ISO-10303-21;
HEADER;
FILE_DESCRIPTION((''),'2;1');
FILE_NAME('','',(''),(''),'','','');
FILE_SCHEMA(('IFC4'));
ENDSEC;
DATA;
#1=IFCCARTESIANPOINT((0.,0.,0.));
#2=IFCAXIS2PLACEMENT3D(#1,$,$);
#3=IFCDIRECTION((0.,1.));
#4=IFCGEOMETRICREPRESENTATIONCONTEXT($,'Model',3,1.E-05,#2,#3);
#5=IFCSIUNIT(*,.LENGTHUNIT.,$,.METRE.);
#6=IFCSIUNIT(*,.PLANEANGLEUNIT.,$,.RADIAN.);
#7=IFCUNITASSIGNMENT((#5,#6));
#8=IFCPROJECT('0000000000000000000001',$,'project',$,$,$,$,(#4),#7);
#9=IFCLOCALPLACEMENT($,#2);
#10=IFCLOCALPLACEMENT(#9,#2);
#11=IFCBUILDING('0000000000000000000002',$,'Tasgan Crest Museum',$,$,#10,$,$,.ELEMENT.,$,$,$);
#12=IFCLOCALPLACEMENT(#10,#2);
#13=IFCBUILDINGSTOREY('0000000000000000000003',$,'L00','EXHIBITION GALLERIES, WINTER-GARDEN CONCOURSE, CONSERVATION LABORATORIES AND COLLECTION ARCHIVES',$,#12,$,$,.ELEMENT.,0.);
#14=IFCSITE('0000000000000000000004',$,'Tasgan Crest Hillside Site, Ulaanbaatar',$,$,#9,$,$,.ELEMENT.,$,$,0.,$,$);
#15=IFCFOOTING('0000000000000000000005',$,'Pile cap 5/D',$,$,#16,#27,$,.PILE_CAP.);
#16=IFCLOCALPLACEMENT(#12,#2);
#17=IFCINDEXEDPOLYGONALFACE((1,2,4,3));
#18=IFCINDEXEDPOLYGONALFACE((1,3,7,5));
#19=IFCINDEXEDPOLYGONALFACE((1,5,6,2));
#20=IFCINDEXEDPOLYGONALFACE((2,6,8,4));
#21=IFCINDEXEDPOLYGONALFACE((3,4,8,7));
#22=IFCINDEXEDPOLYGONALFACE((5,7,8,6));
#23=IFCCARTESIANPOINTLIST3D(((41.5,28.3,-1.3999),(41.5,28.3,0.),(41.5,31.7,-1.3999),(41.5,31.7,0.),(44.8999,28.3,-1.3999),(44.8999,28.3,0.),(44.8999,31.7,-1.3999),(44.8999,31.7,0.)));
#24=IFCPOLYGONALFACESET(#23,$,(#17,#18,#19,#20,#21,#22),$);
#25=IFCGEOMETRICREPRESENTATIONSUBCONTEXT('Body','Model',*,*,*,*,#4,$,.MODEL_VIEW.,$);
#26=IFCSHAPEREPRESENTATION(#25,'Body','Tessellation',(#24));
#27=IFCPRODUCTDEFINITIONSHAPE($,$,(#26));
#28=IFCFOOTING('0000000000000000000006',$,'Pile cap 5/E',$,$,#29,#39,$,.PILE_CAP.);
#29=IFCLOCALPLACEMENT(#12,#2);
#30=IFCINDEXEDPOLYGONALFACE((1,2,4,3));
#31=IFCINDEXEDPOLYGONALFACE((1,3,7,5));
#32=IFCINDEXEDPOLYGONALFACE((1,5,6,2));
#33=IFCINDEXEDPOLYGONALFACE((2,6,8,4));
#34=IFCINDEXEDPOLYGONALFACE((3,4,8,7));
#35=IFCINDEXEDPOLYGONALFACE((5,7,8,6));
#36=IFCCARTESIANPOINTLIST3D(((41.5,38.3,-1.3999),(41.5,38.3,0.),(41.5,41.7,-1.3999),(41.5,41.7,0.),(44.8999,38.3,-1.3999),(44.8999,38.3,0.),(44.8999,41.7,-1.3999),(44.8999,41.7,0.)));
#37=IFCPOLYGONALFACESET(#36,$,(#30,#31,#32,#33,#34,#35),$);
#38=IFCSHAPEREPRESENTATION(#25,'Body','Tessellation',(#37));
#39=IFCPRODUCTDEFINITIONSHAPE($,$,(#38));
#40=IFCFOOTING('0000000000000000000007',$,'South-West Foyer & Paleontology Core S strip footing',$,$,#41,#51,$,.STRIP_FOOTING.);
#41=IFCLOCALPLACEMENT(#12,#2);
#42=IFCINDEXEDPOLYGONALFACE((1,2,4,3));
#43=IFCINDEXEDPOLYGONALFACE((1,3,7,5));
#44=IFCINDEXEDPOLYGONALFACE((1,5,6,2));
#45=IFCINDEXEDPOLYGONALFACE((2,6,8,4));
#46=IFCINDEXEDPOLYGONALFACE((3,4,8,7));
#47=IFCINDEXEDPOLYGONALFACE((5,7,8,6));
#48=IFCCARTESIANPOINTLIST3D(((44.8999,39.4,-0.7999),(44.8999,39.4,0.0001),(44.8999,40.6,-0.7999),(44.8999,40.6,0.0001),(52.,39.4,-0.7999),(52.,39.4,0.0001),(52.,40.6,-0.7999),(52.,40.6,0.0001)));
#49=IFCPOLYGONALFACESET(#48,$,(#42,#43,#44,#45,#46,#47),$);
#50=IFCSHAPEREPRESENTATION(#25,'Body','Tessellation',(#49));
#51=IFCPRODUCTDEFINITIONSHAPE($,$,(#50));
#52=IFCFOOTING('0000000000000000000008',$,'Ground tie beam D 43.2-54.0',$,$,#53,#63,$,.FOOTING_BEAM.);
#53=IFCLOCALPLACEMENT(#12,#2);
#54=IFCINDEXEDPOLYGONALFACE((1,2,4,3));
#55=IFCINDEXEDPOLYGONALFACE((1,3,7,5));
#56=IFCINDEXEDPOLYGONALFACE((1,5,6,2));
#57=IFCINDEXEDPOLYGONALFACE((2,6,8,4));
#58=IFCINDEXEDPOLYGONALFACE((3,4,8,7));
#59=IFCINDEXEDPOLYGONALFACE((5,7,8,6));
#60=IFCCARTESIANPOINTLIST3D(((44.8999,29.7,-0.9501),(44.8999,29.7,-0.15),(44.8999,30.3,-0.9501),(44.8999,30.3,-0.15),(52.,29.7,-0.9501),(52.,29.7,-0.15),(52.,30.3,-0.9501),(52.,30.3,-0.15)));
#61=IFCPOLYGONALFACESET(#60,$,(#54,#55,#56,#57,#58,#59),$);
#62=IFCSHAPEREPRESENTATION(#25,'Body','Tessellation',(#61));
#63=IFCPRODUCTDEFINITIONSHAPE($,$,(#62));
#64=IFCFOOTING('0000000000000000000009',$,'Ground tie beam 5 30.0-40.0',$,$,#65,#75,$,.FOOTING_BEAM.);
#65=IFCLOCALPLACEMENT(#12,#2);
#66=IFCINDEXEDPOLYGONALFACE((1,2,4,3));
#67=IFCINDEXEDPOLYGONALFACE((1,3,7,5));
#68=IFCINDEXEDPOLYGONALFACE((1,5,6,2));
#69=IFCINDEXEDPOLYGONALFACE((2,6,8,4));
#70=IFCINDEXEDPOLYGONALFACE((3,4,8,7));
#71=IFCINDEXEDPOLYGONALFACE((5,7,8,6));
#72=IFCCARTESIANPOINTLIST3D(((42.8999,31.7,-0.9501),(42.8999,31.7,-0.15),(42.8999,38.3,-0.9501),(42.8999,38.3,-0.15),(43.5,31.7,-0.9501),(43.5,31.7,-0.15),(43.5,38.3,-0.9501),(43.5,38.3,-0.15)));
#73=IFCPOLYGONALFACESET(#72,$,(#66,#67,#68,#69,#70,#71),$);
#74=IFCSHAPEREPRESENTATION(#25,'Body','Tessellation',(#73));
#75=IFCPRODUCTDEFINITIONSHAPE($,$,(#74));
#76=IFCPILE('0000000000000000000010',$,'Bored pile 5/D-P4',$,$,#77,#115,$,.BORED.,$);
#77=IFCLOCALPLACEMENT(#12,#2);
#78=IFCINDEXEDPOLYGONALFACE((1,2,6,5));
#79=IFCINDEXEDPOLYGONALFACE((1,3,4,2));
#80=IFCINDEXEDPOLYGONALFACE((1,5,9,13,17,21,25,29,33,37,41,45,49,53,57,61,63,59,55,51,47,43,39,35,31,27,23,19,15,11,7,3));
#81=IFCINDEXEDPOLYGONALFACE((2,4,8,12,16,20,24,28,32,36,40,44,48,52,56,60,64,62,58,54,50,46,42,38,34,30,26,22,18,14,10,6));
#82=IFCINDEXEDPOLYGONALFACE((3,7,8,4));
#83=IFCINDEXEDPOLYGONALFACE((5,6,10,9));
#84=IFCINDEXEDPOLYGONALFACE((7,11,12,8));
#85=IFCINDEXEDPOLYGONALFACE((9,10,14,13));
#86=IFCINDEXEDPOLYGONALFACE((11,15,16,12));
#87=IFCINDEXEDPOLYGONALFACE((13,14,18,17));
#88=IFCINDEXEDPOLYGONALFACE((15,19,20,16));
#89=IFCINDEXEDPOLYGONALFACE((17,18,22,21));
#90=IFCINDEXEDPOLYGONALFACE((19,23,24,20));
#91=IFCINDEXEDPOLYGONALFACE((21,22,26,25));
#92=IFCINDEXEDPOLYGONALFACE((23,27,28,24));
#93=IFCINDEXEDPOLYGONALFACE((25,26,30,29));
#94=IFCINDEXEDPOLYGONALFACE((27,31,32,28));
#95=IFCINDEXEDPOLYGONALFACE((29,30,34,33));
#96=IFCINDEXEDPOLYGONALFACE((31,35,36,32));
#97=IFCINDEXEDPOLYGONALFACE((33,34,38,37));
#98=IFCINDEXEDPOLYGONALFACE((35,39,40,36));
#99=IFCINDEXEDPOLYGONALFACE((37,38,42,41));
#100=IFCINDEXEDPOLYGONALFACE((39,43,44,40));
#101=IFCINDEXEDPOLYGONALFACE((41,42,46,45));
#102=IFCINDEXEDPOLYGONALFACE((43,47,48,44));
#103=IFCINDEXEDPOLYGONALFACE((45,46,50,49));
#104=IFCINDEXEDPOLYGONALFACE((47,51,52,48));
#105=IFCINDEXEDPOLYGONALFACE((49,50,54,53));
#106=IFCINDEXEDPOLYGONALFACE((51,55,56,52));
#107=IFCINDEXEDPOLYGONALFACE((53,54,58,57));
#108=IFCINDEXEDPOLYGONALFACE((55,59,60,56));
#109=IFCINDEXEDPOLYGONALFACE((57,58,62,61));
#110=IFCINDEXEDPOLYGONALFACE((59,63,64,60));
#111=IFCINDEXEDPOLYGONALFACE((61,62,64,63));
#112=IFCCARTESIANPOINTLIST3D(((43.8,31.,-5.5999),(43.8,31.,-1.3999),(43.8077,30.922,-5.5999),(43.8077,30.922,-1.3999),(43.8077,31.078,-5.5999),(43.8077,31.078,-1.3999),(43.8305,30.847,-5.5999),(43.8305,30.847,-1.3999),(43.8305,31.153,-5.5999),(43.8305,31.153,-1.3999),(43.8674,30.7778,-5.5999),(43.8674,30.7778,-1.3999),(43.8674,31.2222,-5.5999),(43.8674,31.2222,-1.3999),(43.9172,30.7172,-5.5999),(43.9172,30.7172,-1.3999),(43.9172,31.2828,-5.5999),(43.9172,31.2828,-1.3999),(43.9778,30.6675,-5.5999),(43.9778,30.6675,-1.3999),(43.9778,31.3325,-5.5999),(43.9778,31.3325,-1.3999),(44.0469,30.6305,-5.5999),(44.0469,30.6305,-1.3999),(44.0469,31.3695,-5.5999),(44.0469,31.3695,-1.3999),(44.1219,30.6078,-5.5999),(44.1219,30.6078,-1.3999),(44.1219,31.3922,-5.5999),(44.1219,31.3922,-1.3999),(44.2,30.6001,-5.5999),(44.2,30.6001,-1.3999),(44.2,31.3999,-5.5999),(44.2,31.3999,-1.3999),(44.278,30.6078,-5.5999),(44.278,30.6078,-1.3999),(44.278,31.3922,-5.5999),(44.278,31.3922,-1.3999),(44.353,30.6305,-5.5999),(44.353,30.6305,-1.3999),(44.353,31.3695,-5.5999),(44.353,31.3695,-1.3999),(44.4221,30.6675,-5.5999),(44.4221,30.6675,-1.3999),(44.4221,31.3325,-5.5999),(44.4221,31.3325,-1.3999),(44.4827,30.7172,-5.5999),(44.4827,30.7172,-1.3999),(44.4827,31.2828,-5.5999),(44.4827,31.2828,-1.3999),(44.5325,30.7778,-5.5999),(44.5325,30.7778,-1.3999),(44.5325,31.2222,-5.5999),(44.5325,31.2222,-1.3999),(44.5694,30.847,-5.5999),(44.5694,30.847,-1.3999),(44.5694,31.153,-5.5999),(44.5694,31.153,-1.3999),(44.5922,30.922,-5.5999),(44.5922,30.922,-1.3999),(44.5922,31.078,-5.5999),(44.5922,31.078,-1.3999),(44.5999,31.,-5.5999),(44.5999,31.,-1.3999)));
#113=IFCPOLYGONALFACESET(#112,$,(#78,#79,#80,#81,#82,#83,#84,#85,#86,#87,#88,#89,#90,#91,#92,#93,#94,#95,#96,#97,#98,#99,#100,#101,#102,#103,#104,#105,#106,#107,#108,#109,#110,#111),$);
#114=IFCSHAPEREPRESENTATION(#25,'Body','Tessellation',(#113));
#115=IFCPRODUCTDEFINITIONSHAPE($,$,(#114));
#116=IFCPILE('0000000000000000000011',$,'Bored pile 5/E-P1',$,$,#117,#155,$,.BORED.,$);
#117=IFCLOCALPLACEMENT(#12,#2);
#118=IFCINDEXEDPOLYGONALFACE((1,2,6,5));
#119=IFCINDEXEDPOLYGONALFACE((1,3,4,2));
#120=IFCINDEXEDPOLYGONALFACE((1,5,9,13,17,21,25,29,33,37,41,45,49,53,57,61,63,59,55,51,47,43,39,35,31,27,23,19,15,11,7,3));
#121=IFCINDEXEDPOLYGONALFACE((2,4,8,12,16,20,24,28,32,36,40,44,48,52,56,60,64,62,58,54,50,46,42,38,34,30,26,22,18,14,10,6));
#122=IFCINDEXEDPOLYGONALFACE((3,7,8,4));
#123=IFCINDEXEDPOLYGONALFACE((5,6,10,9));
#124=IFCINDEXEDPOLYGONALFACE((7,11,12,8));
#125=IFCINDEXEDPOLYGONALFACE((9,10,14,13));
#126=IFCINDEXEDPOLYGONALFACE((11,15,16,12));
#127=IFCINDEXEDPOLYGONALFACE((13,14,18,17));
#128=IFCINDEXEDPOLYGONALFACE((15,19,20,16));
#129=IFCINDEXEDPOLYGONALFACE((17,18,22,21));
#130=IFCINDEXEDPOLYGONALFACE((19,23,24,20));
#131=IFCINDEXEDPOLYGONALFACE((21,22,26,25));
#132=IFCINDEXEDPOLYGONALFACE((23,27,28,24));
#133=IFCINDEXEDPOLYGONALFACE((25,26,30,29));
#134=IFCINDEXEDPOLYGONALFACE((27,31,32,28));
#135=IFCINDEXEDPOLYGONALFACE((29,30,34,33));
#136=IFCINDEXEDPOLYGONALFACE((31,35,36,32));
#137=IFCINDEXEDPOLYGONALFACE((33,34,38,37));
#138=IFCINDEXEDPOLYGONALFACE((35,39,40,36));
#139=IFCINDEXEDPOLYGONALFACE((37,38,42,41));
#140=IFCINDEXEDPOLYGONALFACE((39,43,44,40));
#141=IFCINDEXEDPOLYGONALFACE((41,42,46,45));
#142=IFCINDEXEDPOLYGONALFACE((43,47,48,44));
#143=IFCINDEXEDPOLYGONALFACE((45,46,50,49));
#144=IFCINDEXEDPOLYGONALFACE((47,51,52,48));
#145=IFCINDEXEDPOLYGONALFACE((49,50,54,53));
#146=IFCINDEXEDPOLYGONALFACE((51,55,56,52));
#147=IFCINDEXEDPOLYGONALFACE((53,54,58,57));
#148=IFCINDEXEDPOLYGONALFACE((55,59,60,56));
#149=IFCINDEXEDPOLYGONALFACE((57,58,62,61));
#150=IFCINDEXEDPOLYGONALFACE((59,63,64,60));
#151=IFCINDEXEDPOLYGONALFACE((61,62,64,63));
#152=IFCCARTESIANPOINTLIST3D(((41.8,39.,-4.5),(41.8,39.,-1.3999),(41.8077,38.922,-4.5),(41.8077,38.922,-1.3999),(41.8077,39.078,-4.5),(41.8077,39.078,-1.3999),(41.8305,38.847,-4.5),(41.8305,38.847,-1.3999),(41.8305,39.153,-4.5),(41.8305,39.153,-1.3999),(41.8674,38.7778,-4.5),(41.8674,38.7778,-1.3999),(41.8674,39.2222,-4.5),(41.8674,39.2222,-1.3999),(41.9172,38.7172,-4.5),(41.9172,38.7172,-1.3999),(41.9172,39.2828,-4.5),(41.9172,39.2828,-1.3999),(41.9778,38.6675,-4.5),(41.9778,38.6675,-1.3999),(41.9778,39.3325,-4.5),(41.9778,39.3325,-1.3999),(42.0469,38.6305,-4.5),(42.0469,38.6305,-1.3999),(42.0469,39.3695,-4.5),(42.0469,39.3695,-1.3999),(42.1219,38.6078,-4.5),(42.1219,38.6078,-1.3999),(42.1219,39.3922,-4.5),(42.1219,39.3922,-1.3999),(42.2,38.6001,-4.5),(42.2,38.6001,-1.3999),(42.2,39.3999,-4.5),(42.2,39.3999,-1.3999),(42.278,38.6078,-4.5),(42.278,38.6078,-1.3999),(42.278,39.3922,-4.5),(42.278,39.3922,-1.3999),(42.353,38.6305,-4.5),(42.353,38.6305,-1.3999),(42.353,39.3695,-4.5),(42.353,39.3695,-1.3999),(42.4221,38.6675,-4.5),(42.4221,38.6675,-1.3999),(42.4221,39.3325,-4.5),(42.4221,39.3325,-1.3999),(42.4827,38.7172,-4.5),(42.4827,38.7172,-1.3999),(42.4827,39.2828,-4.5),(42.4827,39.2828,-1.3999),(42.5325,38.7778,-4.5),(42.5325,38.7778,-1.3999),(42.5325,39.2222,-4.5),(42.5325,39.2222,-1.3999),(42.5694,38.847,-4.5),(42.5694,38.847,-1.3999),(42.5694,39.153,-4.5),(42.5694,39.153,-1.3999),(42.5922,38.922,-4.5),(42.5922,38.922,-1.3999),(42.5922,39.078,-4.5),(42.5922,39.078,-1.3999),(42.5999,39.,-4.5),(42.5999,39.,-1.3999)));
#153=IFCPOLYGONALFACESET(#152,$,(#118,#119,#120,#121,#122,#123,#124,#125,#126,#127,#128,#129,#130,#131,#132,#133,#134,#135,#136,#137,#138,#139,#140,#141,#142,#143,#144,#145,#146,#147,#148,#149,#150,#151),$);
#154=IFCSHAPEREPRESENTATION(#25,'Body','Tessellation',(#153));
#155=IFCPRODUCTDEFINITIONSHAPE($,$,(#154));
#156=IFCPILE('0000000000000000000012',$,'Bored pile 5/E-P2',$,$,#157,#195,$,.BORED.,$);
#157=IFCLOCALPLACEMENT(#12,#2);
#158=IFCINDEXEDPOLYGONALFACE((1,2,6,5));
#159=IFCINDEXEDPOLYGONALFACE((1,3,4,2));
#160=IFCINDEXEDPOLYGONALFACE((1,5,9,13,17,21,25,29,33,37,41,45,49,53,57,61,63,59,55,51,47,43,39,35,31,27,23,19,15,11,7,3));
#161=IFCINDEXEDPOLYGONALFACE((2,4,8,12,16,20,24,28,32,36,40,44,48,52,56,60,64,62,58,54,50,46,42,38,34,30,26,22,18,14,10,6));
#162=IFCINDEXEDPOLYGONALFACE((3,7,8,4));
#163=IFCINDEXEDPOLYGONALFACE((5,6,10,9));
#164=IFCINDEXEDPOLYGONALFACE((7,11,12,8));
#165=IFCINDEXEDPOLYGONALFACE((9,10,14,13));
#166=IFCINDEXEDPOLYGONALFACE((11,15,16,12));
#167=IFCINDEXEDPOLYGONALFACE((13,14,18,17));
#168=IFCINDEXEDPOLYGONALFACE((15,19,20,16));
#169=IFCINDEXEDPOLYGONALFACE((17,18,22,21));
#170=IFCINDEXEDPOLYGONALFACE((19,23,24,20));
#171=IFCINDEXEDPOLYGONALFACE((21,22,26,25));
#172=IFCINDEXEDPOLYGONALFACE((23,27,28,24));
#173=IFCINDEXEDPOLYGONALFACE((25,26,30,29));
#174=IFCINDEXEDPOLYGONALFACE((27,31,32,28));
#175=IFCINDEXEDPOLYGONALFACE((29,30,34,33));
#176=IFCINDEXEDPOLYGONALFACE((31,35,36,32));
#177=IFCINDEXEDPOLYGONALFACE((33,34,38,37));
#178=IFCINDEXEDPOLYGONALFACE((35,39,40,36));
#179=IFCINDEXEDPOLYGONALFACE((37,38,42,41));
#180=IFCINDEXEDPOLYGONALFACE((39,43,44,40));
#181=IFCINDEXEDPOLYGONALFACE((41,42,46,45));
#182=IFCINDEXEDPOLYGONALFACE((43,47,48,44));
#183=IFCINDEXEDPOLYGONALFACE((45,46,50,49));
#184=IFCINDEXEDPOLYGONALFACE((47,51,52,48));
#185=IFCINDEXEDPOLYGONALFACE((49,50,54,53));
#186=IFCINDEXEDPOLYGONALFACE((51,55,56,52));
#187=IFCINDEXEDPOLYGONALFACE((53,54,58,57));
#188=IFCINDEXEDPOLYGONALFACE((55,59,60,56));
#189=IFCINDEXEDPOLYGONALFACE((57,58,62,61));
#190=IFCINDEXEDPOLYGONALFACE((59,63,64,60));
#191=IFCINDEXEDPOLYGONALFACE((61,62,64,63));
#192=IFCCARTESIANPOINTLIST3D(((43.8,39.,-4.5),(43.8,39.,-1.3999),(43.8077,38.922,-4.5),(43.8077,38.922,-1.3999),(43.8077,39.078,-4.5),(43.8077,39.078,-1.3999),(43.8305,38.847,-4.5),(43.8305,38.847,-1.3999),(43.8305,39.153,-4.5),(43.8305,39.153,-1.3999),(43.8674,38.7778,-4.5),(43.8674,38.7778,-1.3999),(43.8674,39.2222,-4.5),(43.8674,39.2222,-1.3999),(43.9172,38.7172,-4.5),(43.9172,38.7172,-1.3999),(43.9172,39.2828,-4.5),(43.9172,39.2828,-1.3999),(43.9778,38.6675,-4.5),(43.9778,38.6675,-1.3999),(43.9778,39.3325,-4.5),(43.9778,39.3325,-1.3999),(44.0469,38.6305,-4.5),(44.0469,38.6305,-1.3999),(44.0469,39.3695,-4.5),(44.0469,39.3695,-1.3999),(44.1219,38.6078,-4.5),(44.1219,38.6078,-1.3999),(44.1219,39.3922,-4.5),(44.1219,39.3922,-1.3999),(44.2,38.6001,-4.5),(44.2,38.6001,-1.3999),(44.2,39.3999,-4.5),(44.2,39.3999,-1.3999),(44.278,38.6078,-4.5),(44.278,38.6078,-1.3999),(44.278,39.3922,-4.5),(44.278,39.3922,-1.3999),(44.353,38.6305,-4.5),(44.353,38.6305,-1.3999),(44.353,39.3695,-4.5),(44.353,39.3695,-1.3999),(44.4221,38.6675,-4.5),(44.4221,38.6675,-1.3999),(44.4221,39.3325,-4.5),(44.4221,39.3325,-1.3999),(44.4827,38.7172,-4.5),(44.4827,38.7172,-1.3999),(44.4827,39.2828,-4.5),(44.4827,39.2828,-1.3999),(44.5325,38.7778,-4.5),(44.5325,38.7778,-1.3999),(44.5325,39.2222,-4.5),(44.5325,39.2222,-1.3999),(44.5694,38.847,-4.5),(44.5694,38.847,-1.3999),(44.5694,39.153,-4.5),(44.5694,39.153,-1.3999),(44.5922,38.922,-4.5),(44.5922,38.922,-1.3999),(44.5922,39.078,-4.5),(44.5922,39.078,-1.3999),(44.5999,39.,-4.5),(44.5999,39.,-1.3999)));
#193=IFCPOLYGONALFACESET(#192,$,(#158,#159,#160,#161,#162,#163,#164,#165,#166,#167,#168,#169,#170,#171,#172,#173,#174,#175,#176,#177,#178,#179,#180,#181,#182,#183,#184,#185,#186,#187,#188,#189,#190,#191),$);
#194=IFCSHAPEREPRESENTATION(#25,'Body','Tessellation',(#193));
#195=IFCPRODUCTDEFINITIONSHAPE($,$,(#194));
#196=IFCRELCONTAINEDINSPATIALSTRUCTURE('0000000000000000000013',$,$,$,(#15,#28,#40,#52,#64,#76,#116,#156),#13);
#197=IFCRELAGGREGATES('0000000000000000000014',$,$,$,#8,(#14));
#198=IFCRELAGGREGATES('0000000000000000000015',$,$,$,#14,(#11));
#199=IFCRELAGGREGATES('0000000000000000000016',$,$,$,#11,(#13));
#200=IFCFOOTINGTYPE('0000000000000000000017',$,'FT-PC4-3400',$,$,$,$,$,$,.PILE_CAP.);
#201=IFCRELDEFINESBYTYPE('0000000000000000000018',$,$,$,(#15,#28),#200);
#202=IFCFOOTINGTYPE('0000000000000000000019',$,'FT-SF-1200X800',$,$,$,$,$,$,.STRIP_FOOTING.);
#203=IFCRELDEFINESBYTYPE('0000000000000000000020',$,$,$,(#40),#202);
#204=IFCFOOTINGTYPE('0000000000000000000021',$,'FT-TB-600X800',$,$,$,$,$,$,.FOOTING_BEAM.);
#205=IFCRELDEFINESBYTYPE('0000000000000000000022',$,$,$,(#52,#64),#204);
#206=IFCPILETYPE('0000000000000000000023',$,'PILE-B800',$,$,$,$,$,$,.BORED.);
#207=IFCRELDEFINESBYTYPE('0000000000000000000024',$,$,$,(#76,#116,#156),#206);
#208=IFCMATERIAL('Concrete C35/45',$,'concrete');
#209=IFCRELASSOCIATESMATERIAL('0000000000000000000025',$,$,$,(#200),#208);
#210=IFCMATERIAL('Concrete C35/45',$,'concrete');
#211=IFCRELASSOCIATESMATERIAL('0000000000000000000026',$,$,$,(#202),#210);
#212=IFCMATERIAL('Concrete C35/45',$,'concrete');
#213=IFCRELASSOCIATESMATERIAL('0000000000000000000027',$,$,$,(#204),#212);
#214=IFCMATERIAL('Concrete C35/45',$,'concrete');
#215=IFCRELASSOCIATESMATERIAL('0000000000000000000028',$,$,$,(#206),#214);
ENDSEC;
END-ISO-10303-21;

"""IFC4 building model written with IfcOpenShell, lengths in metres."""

from ifc_helpers import new_model, si_unit, direction, frame, origin, origin_2d, place, context, subcontext, project, spatial, rectangle, circle, extrude, material, material_profile, profile_set, type_object, element, save


model = new_model("IFC4")

# Units and contexts
model_context = context("Model", 3, precision=1e-05, world=origin(), true_north=direction((0.0, 1.0)))
body_context = subcontext(model_context, "Body", "Model", "MODEL_VIEW")
ifc_project = project(units=[si_unit("LENGTHUNIT", "METRE"), si_unit("PLANEANGLEUNIT", "RADIAN")], contexts=[model_context])

# Site, building, storey
site_placement = place(None, origin())
site = spatial("IfcSite", under=ifc_project, at=site_placement, Name="Tasgan Crest Hillside Site, Ulaanbaatar", CompositionType="ELEMENT", RefElevation=0.0)
building_placement = place(site_placement, origin())
building = spatial("IfcBuilding", under=site, at=building_placement, Name="Tasgan Crest Museum", CompositionType="ELEMENT")
storey_placement = place(building_placement, origin())
storey = spatial("IfcBuildingStorey", under=building, at=storey_placement, Name="L00", Description="EXHIBITION GALLERIES, WINTER-GARDEN CONCOURSE, CONSERVATION LABORATORIES AND COLLECTION ARCHIVES", CompositionType="ELEMENT", Elevation=0.0)

# Footings
ifc_material_1 = material(Name="Concrete C35/45", Category="concrete")
footing_type_1 = type_object("IfcFootingType", Name="FT-PC4-3400", PredefinedType="PILE_CAP", material=ifc_material_1)
for number, where, z_axis, x_axis, name in (
    (1, (43.2, 30.0, -1.3999), (0.0, 0.0, 1.0), (1.0, 0.0, 0.0), "Pile cap 5/D"),
    (2, (43.2, 40.0, -1.3999), (0.0, 0.0, 1.0), (1.0, 0.0, 0.0), "Pile cap 5/E"),
):
    element("IfcFooting", number, at=place(storey_placement, frame(where, z_axis=z_axis, x_axis=x_axis)), inside=storey, type_object=footing_type_1, Name=name, PredefinedType="PILE_CAP", context=body_context, shape_type="SweptSolid", body=[
        extrude(rectangle(XDim=3.3999, YDim=3.3999, at=origin_2d()), origin(), (0.0, 0.0, 1.0), 1.3999),
    ])
ifc_material_2 = material(Name="Concrete C35/45", Category="concrete")
ifc_material_profile_1 = material_profile(ifc_material_2, rectangle(XDim=1.2, YDim=0.8, at=origin_2d()), Name="SF 1200x800")
ifc_profile_set_1 = profile_set([ifc_material_profile_1], Name="Concrete C35/45")
footing_type_2 = type_object("IfcFootingType", Name="FT-SF-1200X800", PredefinedType="STRIP_FOOTING", material=ifc_profile_set_1)
footing_1_placement = place(storey_placement, frame((44.8999, 40.0, -0.3999), z_axis=(1.0, 0.0, 0.0), x_axis=(0.0, 1.0, 0.0)))
element("IfcFooting", 3, at=footing_1_placement, inside=storey, type_object=footing_type_2, Name="South-West Foyer & Paleontology Core S strip footing", PredefinedType="STRIP_FOOTING", context=body_context, shape_type="SweptSolid", body=[
    extrude(rectangle(XDim=1.2, YDim=0.8, at=origin_2d()), origin(), (0.0, 0.0, 1.0), 7.1001),
])
ifc_material_3 = material(Name="Concrete C35/45", Category="concrete")
ifc_material_profile_2 = material_profile(ifc_material_3, rectangle(XDim=0.6001, YDim=0.8, at=origin_2d()), Name="TB 600x800")
ifc_profile_set_2 = profile_set([ifc_material_profile_2], Name="Concrete C35/45")
footing_type_3 = type_object("IfcFootingType", Name="FT-TB-600X800", PredefinedType="FOOTING_BEAM", material=ifc_profile_set_2)
footing_2_placement = place(storey_placement, frame((44.8999, 30.0, -0.55), z_axis=(1.0, 0.0, 0.0), x_axis=(0.0, 1.0, 0.0)))
element("IfcFooting", 4, at=footing_2_placement, inside=storey, type_object=footing_type_3, Name="Ground tie beam D 43.2-54.0", PredefinedType="FOOTING_BEAM", context=body_context, shape_type="SweptSolid", body=[
    extrude(rectangle(XDim=0.6001, YDim=0.8, at=origin_2d()), origin(), (0.0, 0.0, 1.0), 7.1001),
])
footing_3_placement = place(storey_placement, frame((43.2, 31.7, -0.55), z_axis=(0.0, 1.0, 0.0), x_axis=(-1.0, 0.0, 0.0)))
element("IfcFooting", 5, at=footing_3_placement, inside=storey, type_object=footing_type_3, Name="Ground tie beam 5 30.0-40.0", PredefinedType="FOOTING_BEAM", context=body_context, shape_type="SweptSolid", body=[
    extrude(rectangle(XDim=0.6001, YDim=0.8, at=origin_2d()), origin(), (0.0, 0.0, 1.0), 6.6001),
])

# Piles
ifc_material_4 = material(Name="Concrete C35/45", Category="concrete")
ifc_material_profile_3 = material_profile(ifc_material_4, circle(Radius=0.3999, at=origin_2d()), Name="PILE D800")
ifc_profile_set_3 = profile_set([ifc_material_profile_3], Name="Concrete C35/45")
pile_type = type_object("IfcPileType", Name="PILE-B800", PredefinedType="BORED", material=ifc_profile_set_3)
pile_placement = place(storey_placement, frame((44.2, 31.0, -1.3999), z_axis=(0.0, 0.0, -1.0), x_axis=(1.0, 0.0, 0.0)))
element("IfcPile", 6, at=pile_placement, inside=storey, type_object=pile_type, Name="Bored pile 5/D-P4", PredefinedType="BORED", context=body_context, shape_type="SweptSolid", body=[
    extrude(circle(Radius=0.3999, at=origin_2d()), origin(), (0.0, 0.0, 1.0), 4.2),
])
for number, where, z_axis, x_axis, name in (
    (7, (42.2, 39.0, -1.3999), (0.0, 0.0, -1.0), (1.0, 0.0, 0.0), "Bored pile 5/E-P1"),
    (8, (44.2, 39.0, -1.3999), (0.0, 0.0, -1.0), (1.0, 0.0, 0.0), "Bored pile 5/E-P2"),
):
    element("IfcPile", number, at=place(storey_placement, frame(where, z_axis=z_axis, x_axis=x_axis)), inside=storey, type_object=pile_type, Name=name, PredefinedType="BORED", context=body_context, shape_type="SweptSolid", body=[
        extrude(circle(Radius=0.3999, at=origin_2d()), origin(), (0.0, 0.0, 1.0), 3.1001),
    ])

save(model, "model.ifc")
